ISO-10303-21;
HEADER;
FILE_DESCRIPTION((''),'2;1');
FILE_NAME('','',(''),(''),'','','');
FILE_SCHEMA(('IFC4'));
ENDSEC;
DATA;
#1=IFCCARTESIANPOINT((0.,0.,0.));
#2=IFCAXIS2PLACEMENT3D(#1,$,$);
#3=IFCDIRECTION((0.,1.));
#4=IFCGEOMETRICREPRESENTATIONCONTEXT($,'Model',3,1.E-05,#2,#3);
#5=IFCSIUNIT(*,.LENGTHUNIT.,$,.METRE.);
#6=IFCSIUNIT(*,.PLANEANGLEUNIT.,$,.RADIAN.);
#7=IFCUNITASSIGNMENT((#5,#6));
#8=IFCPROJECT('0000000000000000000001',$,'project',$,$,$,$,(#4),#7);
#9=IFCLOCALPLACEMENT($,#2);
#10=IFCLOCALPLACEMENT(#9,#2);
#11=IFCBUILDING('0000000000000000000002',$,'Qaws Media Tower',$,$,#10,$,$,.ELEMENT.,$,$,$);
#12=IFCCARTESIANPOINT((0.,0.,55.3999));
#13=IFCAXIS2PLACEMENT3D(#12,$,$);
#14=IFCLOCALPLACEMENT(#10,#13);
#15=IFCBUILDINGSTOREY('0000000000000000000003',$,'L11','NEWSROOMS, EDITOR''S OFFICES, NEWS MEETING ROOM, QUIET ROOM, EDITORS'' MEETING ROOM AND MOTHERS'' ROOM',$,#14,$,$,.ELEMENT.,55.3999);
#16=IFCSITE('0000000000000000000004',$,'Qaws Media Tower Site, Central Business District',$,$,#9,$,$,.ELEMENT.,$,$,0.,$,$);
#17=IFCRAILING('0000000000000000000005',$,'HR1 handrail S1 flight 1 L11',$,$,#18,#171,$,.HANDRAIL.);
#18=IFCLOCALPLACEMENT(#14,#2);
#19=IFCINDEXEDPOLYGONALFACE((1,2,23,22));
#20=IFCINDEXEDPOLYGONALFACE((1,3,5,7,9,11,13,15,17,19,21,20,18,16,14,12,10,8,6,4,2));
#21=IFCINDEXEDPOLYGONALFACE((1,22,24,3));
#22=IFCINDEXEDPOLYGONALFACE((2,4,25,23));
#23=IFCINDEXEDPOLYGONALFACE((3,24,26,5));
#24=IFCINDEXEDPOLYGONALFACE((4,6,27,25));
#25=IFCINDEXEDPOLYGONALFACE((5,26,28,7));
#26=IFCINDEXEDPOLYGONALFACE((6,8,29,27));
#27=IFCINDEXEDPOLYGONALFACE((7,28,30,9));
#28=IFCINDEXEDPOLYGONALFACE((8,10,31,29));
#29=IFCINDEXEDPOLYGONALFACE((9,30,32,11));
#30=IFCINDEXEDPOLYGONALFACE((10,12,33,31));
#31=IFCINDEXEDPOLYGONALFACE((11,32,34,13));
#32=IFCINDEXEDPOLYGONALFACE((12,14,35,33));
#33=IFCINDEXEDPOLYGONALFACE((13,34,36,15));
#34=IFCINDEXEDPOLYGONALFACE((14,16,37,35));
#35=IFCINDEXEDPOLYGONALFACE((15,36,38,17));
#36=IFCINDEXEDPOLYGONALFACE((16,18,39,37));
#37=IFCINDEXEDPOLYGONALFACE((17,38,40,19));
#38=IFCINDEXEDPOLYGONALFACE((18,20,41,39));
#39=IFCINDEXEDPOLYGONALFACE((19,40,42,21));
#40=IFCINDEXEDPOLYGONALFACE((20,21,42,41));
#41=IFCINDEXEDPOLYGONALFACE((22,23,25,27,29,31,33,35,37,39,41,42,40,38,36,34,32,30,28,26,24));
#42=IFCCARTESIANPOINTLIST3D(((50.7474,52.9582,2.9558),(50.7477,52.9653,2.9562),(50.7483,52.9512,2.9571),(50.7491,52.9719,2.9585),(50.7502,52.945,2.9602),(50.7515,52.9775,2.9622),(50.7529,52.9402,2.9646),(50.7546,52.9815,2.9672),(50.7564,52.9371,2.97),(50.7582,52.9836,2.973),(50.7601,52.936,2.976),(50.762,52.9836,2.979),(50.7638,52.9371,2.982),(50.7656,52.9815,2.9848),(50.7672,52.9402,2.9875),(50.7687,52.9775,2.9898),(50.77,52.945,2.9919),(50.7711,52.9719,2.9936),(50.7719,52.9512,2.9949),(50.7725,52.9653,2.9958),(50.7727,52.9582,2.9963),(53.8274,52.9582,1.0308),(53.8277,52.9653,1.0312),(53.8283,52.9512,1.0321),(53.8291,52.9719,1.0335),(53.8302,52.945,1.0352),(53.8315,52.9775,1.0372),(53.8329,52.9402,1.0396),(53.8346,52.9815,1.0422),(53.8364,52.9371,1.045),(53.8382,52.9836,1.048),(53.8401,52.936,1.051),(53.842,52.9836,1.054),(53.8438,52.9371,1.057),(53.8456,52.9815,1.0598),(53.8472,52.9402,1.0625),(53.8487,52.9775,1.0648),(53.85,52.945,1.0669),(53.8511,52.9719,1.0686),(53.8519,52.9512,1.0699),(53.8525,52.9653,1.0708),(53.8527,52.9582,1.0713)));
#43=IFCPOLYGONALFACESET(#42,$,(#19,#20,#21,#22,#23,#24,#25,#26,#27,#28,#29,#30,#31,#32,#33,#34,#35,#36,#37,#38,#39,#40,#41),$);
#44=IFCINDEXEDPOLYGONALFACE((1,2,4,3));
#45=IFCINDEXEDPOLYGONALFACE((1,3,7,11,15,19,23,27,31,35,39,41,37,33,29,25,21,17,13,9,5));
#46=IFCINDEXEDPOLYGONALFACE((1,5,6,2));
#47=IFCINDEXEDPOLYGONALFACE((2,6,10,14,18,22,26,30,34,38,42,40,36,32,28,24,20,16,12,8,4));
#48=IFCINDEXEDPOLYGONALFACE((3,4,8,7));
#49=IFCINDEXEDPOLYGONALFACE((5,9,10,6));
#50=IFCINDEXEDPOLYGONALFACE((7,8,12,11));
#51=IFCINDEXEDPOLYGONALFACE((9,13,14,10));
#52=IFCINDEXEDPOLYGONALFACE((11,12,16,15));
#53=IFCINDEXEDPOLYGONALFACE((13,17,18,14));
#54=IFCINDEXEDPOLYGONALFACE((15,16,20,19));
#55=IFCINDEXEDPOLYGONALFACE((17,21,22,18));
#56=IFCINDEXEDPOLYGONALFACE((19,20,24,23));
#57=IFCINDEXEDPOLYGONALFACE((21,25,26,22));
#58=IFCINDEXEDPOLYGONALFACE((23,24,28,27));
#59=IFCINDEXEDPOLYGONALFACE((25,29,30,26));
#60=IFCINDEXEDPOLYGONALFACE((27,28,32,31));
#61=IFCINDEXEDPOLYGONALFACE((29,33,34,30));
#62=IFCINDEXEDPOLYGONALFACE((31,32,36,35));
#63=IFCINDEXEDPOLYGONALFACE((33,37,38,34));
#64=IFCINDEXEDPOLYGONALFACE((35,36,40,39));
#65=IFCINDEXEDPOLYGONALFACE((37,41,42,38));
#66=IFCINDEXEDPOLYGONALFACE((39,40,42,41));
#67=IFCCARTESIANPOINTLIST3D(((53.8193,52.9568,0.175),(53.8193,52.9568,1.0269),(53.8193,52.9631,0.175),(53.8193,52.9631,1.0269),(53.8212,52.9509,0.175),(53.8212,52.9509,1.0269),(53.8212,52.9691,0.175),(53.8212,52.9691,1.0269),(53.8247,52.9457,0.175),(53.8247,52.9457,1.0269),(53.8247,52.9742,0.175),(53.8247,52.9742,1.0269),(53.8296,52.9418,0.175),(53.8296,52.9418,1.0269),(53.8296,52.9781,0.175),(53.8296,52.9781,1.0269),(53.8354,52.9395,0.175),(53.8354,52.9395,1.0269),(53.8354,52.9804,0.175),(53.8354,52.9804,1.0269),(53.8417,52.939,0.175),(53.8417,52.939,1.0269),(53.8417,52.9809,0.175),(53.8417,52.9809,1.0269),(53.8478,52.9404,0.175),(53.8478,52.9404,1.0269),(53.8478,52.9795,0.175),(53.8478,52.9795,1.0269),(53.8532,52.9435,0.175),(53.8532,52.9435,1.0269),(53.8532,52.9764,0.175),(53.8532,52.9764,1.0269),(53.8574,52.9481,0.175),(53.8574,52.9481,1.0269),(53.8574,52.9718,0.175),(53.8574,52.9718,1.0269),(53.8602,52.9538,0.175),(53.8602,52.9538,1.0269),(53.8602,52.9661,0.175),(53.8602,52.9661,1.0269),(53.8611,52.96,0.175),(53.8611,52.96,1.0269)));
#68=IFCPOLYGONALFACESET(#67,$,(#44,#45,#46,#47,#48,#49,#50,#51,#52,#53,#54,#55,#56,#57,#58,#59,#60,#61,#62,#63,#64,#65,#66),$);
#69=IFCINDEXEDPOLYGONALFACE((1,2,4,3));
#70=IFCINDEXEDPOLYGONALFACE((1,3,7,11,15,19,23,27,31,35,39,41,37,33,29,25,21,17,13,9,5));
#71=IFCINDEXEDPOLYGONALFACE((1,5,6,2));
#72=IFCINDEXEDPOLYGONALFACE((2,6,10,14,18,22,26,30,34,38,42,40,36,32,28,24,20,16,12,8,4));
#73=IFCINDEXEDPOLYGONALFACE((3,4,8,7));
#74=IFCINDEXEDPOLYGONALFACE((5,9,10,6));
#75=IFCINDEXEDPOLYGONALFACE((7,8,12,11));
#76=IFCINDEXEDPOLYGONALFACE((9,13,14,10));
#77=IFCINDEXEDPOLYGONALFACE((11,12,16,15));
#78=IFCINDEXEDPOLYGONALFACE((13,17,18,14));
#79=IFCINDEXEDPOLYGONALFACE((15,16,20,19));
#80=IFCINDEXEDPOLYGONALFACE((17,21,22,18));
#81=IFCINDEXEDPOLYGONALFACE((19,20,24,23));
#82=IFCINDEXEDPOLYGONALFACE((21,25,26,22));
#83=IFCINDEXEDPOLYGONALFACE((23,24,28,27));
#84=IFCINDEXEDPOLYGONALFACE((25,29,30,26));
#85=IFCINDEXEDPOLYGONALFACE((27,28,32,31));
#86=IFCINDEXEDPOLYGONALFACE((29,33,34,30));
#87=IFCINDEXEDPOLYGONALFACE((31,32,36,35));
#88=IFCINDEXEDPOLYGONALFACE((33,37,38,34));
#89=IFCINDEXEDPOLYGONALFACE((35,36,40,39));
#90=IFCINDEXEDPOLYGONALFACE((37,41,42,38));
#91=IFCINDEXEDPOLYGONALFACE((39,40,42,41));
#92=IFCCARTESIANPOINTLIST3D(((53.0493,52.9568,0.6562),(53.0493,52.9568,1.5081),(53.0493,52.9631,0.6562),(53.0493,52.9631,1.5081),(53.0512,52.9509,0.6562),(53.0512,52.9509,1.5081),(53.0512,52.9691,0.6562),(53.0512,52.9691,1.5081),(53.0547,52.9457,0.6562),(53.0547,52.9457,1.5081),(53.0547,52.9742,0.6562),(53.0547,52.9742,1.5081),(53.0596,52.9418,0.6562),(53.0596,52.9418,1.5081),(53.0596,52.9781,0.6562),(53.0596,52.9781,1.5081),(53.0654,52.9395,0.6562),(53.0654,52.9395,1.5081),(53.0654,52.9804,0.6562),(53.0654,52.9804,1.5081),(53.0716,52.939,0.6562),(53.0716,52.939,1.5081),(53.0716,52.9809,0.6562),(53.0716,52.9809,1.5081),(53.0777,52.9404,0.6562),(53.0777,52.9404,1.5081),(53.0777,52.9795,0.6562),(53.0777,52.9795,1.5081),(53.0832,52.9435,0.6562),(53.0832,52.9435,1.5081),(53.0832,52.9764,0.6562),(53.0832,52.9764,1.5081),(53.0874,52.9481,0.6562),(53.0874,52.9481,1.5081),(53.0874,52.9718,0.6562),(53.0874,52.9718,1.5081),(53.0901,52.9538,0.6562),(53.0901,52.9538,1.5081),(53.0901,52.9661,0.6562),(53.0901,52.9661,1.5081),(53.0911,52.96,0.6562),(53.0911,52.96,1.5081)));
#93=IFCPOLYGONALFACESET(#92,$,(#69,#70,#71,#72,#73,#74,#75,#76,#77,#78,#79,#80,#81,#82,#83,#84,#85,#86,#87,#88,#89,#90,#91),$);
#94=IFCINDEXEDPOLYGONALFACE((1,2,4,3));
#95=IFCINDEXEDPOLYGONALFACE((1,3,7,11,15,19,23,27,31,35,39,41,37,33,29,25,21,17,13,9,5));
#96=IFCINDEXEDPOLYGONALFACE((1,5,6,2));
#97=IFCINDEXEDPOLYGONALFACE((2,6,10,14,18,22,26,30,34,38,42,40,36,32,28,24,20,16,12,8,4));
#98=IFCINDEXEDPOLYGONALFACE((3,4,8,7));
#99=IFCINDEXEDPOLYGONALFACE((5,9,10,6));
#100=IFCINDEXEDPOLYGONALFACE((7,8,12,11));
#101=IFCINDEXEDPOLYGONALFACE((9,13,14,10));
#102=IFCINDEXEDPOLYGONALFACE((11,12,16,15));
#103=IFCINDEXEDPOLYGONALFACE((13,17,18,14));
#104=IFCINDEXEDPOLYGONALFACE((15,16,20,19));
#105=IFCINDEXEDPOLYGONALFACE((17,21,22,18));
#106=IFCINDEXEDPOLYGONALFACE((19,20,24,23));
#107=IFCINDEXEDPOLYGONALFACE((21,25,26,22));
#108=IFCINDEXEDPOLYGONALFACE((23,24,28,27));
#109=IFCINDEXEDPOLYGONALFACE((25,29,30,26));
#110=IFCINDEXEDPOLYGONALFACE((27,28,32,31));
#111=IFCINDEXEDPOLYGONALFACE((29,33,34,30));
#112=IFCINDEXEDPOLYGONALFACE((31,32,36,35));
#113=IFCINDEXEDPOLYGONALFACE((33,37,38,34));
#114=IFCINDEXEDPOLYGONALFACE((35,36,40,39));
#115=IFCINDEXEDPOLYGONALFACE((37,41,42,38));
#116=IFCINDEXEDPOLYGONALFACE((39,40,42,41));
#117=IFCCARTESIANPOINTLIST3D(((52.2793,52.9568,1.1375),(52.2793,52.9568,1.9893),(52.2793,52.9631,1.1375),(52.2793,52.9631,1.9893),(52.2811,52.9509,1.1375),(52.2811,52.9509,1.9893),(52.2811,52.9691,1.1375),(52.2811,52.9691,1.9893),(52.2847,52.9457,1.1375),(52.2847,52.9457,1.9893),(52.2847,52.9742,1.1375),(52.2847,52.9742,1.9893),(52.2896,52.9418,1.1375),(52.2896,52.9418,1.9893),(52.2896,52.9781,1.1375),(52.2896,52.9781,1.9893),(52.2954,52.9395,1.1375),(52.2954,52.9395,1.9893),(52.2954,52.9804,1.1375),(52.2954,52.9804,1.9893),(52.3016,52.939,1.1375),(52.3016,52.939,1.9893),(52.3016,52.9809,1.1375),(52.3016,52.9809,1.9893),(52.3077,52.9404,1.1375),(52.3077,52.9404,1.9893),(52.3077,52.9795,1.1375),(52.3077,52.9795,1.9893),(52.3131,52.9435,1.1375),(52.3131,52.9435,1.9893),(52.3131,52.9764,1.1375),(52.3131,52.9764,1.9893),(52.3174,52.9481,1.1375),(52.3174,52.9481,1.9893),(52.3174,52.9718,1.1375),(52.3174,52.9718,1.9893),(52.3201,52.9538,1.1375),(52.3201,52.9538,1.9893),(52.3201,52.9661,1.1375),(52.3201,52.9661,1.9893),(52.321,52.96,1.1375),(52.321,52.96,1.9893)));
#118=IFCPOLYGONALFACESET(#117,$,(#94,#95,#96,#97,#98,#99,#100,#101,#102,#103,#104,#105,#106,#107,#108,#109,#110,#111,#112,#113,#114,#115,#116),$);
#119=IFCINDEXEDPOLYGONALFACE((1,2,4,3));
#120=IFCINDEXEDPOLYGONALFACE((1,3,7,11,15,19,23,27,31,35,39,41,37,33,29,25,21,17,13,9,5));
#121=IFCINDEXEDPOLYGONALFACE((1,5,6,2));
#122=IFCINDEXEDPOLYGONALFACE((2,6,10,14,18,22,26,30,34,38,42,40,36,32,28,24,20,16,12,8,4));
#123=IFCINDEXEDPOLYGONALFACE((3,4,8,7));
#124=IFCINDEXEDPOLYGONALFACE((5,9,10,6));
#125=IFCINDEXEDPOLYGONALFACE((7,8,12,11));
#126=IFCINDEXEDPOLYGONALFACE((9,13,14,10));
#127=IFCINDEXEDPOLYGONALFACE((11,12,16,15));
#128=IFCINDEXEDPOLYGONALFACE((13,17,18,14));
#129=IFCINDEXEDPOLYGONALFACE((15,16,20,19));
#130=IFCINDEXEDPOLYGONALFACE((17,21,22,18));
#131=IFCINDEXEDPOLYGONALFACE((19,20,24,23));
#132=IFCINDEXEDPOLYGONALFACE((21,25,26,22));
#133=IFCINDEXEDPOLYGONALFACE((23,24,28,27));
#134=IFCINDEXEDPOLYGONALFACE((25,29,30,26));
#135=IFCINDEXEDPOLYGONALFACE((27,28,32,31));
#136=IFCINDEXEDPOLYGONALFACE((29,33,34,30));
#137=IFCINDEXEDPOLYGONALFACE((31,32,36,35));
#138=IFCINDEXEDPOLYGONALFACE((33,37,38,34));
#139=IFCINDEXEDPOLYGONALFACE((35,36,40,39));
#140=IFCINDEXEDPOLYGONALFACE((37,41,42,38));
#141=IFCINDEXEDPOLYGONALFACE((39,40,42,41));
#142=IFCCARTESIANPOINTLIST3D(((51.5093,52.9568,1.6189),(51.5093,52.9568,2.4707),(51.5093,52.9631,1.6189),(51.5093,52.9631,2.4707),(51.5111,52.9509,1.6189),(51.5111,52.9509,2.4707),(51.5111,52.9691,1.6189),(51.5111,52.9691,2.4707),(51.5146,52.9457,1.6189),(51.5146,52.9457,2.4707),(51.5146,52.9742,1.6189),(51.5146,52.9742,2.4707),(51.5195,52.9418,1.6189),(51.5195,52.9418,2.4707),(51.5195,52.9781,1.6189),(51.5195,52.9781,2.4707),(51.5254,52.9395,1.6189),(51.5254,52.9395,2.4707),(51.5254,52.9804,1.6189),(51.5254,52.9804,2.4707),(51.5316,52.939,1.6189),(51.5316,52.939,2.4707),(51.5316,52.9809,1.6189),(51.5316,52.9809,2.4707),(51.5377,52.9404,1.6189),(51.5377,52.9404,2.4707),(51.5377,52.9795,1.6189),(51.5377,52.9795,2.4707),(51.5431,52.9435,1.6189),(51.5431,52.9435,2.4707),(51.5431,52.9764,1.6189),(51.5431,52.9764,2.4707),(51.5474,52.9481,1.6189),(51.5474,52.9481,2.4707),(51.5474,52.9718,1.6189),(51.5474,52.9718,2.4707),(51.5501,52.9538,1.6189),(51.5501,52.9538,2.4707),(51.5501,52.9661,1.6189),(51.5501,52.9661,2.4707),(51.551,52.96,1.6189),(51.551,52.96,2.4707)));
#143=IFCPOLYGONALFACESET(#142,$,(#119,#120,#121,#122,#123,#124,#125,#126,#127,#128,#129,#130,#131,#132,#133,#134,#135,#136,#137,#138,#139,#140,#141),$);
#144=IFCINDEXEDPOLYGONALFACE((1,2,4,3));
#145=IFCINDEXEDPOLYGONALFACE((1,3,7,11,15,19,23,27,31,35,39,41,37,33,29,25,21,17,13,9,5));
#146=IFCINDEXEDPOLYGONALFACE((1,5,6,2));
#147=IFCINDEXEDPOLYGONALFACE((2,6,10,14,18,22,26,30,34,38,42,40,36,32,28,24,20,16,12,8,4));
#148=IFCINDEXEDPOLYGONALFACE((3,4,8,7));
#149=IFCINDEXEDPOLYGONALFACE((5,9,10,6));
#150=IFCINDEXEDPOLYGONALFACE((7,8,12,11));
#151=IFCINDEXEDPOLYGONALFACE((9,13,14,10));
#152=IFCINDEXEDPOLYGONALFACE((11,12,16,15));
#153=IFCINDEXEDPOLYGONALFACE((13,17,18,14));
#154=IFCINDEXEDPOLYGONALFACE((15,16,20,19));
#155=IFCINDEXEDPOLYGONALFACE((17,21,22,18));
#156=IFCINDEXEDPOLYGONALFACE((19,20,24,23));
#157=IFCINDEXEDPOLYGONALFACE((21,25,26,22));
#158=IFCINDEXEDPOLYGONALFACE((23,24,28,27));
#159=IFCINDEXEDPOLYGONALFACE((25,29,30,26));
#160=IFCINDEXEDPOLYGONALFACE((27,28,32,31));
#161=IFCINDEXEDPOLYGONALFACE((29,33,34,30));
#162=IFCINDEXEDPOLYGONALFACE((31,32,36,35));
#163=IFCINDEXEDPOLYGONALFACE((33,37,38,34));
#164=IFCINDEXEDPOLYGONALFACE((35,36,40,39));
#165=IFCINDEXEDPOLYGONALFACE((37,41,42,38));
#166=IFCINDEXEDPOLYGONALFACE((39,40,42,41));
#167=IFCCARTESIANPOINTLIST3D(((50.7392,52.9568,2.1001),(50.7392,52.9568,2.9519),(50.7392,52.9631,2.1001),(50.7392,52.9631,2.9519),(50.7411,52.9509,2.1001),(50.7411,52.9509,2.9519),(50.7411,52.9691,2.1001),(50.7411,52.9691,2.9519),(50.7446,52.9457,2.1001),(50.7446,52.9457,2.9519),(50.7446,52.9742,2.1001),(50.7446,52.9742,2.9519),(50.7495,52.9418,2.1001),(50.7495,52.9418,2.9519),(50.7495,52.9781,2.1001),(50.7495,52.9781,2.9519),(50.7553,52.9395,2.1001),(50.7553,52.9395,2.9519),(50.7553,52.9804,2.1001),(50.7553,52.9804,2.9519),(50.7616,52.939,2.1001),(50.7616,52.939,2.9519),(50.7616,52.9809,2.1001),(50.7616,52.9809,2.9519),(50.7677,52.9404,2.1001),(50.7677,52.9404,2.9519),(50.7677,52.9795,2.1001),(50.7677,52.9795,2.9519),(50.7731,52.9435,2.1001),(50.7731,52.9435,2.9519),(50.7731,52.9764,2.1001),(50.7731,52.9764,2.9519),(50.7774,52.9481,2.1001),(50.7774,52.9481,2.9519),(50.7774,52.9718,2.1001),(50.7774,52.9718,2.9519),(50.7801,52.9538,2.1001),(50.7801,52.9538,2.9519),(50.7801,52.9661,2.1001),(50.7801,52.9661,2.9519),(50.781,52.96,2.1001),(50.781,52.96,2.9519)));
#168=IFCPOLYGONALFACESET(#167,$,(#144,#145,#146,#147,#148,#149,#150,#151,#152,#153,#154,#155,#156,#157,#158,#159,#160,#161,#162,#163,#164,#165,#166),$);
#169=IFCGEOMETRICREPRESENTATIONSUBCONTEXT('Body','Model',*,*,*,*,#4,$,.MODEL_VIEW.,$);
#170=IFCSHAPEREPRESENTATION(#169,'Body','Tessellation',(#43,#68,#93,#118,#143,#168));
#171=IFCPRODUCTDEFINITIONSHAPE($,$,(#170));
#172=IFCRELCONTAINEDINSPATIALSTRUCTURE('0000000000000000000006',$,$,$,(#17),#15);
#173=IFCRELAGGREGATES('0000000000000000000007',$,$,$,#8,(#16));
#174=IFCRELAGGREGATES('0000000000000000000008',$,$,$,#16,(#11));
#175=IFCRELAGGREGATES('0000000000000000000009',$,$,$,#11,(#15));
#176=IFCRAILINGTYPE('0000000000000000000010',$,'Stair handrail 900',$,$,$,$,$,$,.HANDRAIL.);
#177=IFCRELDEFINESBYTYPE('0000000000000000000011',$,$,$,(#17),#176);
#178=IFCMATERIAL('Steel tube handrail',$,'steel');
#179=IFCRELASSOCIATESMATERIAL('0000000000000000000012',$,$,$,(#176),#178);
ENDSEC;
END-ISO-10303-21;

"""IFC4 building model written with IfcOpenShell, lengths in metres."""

from ifc_helpers import new_model, si_unit, direction, frame, origin, origin_2d, place, context, subcontext, project, spatial, circle, extrude, material, type_object, element, save


model = new_model("IFC4")

# Units and contexts
model_context = context("Model", 3, precision=1e-05, world=origin(), true_north=direction((0.0, 1.0)))
body_context = subcontext(model_context, "Body", "Model", "MODEL_VIEW")
ifc_project = project(units=[si_unit("LENGTHUNIT", "METRE"), si_unit("PLANEANGLEUNIT", "RADIAN")], contexts=[model_context])

# Site, building, storey
site_placement = place(None, origin())
site = spatial("IfcSite", under=ifc_project, at=site_placement, Name="Qaws Media Tower Site, Central Business District", CompositionType="ELEMENT", RefElevation=0.0)
building_placement = place(site_placement, origin())
building = spatial("IfcBuilding", under=site, at=building_placement, Name="Qaws Media Tower", CompositionType="ELEMENT")
storey_placement = place(building_placement, frame((0.0, 0.0, 55.3999)))
storey = spatial("IfcBuildingStorey", under=building, at=storey_placement, Name="L11", Description="NEWSROOMS, EDITOR'S OFFICES, NEWS MEETING ROOM, QUIET ROOM, EDITORS' MEETING ROOM AND MOTHERS' ROOM", CompositionType="ELEMENT", Elevation=55.3999)

# Railing
ifc_material_1 = material(Name="Steel tube handrail", Category="steel")
railing_type = type_object("IfcRailingType", Name="Stair handrail 900", PredefinedType="HANDRAIL", material=ifc_material_1)
for number, where, name in (
    (1, (53.8401, 52.96, 0.175), "HR1 handrail S1 flight 1 L11"),
):
    element("IfcRailing", number, at=place(storey_placement, frame(where)), inside=storey, type_object=railing_type, Name=name, PredefinedType="HANDRAIL", context=body_context, shape_type="SweptSolid", body=[
        extrude(circle(Radius=0.0239, at=origin_2d()), frame((0.0, 0.0, 0.876), z_axis=(-0.847998, 0.0, 0.529999), x_axis=(0.0, -1.0, 0.0)), (0.0, 0.0, 1.0), 3.6321),
        extrude(circle(Radius=0.021, at=origin_2d()), origin(), (0.0, 0.0, 1.0), 0.8518),
        extrude(circle(Radius=0.021, at=origin_2d()), frame((-0.77, 0.0, 0.4812)), (0.0, 0.0, 1.0), 0.8518),
        extrude(circle(Radius=0.021, at=origin_2d()), frame((-1.54, 0.0, 0.9624)), (0.0, 0.0, 1.0), 0.8518),
        extrude(circle(Radius=0.021, at=origin_2d()), frame((-2.3101, 0.0, 1.4438)), (0.0, 0.0, 1.0), 0.8518),
        extrude(circle(Radius=0.021, at=origin_2d()), frame((-3.0801, 0.0, 1.925)), (0.0, 0.0, 1.0), 0.8518),
    ])

save(model, "model.ifc")
